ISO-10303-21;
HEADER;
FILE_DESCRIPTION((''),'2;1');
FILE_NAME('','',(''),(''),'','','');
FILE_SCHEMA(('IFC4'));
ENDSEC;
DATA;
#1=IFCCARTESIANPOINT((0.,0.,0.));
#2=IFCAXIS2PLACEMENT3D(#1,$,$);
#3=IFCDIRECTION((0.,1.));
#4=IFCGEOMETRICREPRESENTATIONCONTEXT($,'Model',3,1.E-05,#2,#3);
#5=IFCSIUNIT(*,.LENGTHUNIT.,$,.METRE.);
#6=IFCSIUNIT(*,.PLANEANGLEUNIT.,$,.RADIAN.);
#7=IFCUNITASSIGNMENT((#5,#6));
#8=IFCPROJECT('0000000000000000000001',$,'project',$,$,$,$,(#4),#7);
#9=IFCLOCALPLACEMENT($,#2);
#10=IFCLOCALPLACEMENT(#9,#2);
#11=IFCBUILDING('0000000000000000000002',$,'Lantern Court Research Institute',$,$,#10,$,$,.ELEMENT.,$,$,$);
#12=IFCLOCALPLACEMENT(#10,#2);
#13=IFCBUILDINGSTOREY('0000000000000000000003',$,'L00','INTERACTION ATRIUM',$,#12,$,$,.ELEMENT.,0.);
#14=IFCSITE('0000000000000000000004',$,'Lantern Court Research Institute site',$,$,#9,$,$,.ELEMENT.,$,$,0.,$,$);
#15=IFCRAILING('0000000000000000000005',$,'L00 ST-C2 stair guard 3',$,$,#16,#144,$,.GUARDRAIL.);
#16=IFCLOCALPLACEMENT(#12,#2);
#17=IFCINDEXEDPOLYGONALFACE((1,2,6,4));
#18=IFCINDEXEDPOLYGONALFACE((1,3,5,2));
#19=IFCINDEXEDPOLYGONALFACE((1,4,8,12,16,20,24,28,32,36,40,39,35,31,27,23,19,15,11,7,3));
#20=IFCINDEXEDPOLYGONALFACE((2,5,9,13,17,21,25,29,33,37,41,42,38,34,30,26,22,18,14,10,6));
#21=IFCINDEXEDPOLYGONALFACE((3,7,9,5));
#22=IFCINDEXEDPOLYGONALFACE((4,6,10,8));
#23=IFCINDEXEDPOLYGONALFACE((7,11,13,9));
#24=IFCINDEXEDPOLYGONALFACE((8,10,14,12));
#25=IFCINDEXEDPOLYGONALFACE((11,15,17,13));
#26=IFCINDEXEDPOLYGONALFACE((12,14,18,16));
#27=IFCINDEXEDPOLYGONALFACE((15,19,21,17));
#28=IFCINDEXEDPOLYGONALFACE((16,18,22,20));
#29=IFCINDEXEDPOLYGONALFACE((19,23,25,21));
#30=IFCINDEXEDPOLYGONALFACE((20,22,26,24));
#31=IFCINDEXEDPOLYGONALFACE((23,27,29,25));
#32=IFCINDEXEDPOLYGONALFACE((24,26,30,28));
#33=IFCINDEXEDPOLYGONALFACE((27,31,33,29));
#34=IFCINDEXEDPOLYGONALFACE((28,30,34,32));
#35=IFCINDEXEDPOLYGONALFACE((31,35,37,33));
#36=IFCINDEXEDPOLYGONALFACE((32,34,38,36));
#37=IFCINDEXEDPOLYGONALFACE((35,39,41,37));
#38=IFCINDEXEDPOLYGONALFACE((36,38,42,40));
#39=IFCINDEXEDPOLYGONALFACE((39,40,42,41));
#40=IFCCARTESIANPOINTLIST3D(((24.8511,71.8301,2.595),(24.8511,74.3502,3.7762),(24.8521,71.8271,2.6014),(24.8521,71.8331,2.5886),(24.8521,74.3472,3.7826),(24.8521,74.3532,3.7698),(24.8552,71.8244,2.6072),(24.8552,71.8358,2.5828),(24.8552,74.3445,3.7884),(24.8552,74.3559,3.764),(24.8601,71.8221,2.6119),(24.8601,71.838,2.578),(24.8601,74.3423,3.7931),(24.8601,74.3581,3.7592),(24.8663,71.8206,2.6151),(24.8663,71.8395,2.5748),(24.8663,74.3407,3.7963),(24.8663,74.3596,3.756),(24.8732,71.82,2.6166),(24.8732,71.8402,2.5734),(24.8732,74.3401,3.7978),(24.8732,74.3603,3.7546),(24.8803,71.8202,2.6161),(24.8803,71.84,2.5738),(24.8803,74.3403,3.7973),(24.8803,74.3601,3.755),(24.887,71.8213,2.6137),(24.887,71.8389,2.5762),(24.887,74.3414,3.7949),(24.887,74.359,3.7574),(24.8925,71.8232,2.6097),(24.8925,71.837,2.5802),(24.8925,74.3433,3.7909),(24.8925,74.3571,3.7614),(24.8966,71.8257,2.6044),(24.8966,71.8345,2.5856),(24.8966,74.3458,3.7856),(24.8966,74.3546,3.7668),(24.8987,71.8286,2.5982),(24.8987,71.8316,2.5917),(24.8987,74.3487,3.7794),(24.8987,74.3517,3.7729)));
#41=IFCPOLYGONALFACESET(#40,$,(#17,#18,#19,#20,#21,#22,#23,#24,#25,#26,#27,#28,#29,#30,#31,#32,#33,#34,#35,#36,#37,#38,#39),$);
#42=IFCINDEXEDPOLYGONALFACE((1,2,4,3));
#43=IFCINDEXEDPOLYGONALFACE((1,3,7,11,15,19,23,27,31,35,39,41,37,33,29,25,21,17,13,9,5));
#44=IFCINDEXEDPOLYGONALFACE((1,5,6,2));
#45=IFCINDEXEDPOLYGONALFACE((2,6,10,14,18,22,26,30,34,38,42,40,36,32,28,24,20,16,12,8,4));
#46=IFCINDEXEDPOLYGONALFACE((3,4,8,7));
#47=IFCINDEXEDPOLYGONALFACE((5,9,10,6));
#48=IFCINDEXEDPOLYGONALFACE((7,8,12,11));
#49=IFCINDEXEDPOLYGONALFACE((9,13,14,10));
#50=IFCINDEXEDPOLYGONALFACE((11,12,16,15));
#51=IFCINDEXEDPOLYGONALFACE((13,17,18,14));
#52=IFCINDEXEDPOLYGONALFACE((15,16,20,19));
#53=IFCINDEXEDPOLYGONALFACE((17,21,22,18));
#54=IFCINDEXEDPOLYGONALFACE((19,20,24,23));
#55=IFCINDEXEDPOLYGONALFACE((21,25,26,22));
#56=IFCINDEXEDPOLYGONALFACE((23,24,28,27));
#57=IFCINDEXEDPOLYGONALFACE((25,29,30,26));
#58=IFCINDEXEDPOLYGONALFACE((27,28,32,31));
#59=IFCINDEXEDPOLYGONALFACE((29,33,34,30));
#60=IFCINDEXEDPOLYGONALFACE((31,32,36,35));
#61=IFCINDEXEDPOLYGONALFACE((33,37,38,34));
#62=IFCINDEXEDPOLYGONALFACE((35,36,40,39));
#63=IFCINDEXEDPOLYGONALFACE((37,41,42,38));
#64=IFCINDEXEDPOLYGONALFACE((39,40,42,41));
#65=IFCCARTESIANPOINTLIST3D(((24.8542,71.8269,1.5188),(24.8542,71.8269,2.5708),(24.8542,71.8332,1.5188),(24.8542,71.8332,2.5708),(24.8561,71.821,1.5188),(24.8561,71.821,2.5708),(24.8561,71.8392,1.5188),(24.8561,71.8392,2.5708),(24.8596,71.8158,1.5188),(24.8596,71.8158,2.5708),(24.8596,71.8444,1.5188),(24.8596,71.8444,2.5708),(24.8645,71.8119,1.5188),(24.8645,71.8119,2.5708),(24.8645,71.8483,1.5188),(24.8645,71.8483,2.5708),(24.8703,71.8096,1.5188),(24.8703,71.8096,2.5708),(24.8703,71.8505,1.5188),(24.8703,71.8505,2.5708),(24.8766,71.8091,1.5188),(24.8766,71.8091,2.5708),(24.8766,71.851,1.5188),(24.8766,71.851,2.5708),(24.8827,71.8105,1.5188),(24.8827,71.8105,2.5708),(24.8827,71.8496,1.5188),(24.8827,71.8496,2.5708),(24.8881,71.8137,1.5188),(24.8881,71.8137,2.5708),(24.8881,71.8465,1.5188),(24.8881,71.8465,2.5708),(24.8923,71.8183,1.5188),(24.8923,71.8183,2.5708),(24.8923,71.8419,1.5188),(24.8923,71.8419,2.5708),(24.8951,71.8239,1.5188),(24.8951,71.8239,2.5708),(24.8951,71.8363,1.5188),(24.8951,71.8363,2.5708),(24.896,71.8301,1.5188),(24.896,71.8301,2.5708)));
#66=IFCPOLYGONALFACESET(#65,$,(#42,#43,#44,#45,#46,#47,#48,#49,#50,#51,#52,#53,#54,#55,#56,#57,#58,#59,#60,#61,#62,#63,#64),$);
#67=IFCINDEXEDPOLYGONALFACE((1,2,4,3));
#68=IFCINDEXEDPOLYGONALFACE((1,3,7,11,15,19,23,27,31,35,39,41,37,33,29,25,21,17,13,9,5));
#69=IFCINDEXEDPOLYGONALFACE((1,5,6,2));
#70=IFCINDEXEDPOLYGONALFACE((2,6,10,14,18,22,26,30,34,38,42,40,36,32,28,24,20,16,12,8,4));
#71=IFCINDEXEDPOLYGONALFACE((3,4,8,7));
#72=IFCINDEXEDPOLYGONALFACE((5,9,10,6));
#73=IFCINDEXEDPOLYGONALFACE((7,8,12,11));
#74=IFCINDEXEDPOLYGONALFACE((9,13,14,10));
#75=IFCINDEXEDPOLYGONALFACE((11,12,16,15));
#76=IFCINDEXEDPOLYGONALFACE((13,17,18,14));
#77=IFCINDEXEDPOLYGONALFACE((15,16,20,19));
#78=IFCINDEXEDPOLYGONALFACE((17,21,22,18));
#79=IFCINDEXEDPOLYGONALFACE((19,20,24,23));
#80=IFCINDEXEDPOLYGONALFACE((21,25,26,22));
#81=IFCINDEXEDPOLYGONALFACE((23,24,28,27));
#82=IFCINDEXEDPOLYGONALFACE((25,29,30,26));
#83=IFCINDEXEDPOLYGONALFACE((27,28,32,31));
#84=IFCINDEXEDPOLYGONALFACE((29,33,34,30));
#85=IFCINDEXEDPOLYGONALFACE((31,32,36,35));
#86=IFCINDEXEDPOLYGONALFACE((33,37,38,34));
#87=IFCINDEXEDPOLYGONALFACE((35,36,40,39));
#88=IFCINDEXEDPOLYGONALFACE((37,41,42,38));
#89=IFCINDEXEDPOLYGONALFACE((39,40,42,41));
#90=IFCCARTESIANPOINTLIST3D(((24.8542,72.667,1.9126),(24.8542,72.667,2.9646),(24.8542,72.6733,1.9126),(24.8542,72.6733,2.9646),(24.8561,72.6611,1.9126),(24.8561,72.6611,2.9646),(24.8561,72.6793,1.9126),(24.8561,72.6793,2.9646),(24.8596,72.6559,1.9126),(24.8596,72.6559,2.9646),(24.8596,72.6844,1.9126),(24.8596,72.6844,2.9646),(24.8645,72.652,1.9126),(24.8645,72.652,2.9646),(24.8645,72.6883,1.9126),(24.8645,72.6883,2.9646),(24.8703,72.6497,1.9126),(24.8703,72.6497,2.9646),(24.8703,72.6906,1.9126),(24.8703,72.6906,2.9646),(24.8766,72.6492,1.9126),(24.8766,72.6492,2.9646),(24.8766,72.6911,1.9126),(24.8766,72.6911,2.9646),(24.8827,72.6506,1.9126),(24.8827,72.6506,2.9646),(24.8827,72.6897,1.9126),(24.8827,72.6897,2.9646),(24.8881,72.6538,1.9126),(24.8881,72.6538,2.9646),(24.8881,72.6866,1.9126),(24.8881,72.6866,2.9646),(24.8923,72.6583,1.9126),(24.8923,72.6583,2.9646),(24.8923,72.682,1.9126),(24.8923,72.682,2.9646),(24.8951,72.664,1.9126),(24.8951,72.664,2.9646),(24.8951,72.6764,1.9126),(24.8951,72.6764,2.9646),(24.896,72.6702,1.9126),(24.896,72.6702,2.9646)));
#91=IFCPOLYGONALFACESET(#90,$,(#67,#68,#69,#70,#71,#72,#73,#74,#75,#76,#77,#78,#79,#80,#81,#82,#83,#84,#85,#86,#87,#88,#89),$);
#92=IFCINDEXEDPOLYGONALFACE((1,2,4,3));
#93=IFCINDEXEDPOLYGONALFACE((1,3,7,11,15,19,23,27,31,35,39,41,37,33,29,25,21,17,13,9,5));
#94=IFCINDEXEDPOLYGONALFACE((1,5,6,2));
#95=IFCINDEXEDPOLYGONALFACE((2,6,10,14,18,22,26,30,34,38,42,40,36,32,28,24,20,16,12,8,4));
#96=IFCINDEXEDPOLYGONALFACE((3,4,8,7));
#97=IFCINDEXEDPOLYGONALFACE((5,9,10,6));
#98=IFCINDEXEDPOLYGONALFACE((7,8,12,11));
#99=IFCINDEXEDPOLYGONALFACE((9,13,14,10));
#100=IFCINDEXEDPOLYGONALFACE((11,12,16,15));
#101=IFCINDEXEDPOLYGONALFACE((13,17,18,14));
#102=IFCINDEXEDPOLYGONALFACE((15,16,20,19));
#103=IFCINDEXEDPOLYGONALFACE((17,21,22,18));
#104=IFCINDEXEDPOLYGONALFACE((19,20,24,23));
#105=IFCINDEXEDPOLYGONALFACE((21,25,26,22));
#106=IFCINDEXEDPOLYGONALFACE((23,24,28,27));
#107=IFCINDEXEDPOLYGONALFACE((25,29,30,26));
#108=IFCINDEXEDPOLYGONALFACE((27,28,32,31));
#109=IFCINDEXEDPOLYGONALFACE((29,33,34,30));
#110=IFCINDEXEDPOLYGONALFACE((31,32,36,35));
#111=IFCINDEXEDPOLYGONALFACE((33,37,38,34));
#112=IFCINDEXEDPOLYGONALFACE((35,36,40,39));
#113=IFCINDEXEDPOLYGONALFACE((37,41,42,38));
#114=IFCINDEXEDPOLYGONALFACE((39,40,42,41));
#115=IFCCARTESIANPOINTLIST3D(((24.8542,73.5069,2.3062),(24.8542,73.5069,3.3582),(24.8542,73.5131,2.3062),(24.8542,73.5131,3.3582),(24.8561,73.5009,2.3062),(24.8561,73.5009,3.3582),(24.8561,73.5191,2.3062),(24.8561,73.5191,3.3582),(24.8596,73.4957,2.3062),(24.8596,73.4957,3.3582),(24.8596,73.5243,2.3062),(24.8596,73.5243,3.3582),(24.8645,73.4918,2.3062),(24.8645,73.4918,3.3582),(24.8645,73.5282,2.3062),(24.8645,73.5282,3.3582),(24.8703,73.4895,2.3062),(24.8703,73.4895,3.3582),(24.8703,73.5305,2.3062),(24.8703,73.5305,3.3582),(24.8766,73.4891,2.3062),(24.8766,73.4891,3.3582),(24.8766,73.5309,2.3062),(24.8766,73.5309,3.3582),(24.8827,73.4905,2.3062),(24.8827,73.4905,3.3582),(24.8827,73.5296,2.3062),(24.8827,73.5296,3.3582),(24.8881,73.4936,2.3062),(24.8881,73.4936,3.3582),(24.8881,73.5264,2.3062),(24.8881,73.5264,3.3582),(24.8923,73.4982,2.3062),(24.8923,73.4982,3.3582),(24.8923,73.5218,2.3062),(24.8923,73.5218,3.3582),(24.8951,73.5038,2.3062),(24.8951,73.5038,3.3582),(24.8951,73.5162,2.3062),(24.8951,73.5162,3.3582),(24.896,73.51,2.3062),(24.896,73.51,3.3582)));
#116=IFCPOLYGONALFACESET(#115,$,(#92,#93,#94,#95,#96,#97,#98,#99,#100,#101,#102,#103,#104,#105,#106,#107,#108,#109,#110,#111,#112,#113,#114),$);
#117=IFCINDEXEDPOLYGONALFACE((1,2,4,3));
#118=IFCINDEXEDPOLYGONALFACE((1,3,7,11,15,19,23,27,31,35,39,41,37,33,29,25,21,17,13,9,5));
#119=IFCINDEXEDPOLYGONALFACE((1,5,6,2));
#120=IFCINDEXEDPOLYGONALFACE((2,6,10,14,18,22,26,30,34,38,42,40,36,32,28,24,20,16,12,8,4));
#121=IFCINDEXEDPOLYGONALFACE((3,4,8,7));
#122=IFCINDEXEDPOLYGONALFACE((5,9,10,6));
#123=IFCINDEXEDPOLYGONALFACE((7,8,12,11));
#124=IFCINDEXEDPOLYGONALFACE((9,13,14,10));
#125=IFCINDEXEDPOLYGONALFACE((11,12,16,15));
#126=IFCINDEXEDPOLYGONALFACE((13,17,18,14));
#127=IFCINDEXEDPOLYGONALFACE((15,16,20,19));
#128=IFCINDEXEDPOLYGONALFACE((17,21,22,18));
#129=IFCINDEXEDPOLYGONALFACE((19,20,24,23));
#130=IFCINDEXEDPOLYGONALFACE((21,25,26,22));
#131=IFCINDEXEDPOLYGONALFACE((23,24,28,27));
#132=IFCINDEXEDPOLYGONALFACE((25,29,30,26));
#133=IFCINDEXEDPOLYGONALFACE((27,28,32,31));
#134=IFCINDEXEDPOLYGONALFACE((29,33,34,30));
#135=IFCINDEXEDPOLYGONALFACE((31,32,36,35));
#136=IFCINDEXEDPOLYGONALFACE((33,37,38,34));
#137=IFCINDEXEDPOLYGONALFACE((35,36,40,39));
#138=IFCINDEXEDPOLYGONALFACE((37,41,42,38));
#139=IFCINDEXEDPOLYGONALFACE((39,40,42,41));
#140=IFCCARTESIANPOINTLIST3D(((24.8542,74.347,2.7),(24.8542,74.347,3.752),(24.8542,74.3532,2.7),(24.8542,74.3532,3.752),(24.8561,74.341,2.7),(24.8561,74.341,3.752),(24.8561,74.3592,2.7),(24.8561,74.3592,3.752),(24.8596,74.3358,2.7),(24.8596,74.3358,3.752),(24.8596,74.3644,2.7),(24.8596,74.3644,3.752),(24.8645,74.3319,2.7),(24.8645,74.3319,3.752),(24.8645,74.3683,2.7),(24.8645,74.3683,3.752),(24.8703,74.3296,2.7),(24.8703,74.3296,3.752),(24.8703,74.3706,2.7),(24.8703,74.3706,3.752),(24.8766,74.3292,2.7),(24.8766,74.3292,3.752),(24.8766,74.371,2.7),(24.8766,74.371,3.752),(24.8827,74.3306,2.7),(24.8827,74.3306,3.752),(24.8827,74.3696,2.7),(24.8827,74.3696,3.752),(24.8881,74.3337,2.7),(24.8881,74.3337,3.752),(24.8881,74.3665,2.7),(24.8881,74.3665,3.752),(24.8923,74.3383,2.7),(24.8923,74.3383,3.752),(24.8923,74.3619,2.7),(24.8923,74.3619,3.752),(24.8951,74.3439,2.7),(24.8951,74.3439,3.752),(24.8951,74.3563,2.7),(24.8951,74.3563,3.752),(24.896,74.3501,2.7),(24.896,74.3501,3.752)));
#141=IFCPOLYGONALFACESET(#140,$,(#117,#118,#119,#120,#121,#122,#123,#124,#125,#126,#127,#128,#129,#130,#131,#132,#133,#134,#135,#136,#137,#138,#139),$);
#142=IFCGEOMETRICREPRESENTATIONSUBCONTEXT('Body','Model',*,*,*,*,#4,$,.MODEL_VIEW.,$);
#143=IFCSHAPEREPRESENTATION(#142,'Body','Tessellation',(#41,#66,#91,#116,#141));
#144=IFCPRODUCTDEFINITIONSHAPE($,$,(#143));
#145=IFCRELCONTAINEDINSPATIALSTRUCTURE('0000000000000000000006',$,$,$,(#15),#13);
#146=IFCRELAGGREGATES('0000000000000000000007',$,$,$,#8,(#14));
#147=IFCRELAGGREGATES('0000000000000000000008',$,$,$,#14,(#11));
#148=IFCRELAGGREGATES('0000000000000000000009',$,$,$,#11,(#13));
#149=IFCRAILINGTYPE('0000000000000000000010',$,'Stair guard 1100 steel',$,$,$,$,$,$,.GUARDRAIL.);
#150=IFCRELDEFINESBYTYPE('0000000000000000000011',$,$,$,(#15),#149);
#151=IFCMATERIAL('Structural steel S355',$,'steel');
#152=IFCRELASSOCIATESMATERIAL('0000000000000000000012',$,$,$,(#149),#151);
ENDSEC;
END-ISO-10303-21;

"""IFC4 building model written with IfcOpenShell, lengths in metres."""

from ifc_helpers import new_model, si_unit, direction, frame, origin, origin_2d, place, context, subcontext, project, spatial, circle, extrude, material, type_object, element, save


model = new_model("IFC4")

# Units and contexts
model_context = context("Model", 3, precision=1e-05, world=origin(), true_north=direction((0.0, 1.0)))
body_context = subcontext(model_context, "Body", "Model", "MODEL_VIEW")
ifc_project = project(units=[si_unit("LENGTHUNIT", "METRE"), si_unit("PLANEANGLEUNIT", "RADIAN")], contexts=[model_context])

# Site, building, storey
site_placement = place(None, origin())
site = spatial("IfcSite", under=ifc_project, at=site_placement, Name="Lantern Court Research Institute site", CompositionType="ELEMENT", RefElevation=0.0)
building_placement = place(site_placement, origin())
building = spatial("IfcBuilding", under=site, at=building_placement, Name="Lantern Court Research Institute", CompositionType="ELEMENT")
storey_placement = place(building_placement, origin())
storey = spatial("IfcBuildingStorey", under=building, at=storey_placement, Name="L00", Description="INTERACTION ATRIUM", CompositionType="ELEMENT", Elevation=0.0)

# Railing
ifc_material_1 = material(Name="Structural steel S355", Category="steel")
railing_type_1 = type_object("IfcRailingType", Name="Stair guard 1100 steel", PredefinedType="GUARDRAIL", material=ifc_material_1)
railing_1_placement = place(storey_placement, frame((24.875, 71.8301, 1.5188)))
element("IfcRailing", 1, at=railing_1_placement, inside=storey, type_object=railing_type_1, Name="L00 ST-C2 stair guard 3", PredefinedType="GUARDRAIL", context=body_context, shape_type="SweptSolid", body=[
    extrude(circle(Radius=0.0239, at=origin_2d()), frame((0.0, 0.0, 1.0762), z_axis=(0.0, 0.905474, 0.424402), x_axis=(-1.0, 0.0, 0.0)), (0.0, 0.0, 1.0), 2.7832),
    extrude(circle(Radius=0.021, at=origin_2d()), origin(), (0.0, 0.0, 1.0), 1.052),
    extrude(circle(Radius=0.021, at=origin_2d()), frame((0.0, 0.8401, 0.3938)), (0.0, 0.0, 1.0), 1.052),
    extrude(circle(Radius=0.021, at=origin_2d()), frame((0.0, 1.6799, 0.7874)), (0.0, 0.0, 1.0), 1.052),
    extrude(circle(Radius=0.021, at=origin_2d()), frame((0.0, 2.52, 1.1812)), (0.0, 0.0, 1.0), 1.052),
])

save(model, "model.ifc")
